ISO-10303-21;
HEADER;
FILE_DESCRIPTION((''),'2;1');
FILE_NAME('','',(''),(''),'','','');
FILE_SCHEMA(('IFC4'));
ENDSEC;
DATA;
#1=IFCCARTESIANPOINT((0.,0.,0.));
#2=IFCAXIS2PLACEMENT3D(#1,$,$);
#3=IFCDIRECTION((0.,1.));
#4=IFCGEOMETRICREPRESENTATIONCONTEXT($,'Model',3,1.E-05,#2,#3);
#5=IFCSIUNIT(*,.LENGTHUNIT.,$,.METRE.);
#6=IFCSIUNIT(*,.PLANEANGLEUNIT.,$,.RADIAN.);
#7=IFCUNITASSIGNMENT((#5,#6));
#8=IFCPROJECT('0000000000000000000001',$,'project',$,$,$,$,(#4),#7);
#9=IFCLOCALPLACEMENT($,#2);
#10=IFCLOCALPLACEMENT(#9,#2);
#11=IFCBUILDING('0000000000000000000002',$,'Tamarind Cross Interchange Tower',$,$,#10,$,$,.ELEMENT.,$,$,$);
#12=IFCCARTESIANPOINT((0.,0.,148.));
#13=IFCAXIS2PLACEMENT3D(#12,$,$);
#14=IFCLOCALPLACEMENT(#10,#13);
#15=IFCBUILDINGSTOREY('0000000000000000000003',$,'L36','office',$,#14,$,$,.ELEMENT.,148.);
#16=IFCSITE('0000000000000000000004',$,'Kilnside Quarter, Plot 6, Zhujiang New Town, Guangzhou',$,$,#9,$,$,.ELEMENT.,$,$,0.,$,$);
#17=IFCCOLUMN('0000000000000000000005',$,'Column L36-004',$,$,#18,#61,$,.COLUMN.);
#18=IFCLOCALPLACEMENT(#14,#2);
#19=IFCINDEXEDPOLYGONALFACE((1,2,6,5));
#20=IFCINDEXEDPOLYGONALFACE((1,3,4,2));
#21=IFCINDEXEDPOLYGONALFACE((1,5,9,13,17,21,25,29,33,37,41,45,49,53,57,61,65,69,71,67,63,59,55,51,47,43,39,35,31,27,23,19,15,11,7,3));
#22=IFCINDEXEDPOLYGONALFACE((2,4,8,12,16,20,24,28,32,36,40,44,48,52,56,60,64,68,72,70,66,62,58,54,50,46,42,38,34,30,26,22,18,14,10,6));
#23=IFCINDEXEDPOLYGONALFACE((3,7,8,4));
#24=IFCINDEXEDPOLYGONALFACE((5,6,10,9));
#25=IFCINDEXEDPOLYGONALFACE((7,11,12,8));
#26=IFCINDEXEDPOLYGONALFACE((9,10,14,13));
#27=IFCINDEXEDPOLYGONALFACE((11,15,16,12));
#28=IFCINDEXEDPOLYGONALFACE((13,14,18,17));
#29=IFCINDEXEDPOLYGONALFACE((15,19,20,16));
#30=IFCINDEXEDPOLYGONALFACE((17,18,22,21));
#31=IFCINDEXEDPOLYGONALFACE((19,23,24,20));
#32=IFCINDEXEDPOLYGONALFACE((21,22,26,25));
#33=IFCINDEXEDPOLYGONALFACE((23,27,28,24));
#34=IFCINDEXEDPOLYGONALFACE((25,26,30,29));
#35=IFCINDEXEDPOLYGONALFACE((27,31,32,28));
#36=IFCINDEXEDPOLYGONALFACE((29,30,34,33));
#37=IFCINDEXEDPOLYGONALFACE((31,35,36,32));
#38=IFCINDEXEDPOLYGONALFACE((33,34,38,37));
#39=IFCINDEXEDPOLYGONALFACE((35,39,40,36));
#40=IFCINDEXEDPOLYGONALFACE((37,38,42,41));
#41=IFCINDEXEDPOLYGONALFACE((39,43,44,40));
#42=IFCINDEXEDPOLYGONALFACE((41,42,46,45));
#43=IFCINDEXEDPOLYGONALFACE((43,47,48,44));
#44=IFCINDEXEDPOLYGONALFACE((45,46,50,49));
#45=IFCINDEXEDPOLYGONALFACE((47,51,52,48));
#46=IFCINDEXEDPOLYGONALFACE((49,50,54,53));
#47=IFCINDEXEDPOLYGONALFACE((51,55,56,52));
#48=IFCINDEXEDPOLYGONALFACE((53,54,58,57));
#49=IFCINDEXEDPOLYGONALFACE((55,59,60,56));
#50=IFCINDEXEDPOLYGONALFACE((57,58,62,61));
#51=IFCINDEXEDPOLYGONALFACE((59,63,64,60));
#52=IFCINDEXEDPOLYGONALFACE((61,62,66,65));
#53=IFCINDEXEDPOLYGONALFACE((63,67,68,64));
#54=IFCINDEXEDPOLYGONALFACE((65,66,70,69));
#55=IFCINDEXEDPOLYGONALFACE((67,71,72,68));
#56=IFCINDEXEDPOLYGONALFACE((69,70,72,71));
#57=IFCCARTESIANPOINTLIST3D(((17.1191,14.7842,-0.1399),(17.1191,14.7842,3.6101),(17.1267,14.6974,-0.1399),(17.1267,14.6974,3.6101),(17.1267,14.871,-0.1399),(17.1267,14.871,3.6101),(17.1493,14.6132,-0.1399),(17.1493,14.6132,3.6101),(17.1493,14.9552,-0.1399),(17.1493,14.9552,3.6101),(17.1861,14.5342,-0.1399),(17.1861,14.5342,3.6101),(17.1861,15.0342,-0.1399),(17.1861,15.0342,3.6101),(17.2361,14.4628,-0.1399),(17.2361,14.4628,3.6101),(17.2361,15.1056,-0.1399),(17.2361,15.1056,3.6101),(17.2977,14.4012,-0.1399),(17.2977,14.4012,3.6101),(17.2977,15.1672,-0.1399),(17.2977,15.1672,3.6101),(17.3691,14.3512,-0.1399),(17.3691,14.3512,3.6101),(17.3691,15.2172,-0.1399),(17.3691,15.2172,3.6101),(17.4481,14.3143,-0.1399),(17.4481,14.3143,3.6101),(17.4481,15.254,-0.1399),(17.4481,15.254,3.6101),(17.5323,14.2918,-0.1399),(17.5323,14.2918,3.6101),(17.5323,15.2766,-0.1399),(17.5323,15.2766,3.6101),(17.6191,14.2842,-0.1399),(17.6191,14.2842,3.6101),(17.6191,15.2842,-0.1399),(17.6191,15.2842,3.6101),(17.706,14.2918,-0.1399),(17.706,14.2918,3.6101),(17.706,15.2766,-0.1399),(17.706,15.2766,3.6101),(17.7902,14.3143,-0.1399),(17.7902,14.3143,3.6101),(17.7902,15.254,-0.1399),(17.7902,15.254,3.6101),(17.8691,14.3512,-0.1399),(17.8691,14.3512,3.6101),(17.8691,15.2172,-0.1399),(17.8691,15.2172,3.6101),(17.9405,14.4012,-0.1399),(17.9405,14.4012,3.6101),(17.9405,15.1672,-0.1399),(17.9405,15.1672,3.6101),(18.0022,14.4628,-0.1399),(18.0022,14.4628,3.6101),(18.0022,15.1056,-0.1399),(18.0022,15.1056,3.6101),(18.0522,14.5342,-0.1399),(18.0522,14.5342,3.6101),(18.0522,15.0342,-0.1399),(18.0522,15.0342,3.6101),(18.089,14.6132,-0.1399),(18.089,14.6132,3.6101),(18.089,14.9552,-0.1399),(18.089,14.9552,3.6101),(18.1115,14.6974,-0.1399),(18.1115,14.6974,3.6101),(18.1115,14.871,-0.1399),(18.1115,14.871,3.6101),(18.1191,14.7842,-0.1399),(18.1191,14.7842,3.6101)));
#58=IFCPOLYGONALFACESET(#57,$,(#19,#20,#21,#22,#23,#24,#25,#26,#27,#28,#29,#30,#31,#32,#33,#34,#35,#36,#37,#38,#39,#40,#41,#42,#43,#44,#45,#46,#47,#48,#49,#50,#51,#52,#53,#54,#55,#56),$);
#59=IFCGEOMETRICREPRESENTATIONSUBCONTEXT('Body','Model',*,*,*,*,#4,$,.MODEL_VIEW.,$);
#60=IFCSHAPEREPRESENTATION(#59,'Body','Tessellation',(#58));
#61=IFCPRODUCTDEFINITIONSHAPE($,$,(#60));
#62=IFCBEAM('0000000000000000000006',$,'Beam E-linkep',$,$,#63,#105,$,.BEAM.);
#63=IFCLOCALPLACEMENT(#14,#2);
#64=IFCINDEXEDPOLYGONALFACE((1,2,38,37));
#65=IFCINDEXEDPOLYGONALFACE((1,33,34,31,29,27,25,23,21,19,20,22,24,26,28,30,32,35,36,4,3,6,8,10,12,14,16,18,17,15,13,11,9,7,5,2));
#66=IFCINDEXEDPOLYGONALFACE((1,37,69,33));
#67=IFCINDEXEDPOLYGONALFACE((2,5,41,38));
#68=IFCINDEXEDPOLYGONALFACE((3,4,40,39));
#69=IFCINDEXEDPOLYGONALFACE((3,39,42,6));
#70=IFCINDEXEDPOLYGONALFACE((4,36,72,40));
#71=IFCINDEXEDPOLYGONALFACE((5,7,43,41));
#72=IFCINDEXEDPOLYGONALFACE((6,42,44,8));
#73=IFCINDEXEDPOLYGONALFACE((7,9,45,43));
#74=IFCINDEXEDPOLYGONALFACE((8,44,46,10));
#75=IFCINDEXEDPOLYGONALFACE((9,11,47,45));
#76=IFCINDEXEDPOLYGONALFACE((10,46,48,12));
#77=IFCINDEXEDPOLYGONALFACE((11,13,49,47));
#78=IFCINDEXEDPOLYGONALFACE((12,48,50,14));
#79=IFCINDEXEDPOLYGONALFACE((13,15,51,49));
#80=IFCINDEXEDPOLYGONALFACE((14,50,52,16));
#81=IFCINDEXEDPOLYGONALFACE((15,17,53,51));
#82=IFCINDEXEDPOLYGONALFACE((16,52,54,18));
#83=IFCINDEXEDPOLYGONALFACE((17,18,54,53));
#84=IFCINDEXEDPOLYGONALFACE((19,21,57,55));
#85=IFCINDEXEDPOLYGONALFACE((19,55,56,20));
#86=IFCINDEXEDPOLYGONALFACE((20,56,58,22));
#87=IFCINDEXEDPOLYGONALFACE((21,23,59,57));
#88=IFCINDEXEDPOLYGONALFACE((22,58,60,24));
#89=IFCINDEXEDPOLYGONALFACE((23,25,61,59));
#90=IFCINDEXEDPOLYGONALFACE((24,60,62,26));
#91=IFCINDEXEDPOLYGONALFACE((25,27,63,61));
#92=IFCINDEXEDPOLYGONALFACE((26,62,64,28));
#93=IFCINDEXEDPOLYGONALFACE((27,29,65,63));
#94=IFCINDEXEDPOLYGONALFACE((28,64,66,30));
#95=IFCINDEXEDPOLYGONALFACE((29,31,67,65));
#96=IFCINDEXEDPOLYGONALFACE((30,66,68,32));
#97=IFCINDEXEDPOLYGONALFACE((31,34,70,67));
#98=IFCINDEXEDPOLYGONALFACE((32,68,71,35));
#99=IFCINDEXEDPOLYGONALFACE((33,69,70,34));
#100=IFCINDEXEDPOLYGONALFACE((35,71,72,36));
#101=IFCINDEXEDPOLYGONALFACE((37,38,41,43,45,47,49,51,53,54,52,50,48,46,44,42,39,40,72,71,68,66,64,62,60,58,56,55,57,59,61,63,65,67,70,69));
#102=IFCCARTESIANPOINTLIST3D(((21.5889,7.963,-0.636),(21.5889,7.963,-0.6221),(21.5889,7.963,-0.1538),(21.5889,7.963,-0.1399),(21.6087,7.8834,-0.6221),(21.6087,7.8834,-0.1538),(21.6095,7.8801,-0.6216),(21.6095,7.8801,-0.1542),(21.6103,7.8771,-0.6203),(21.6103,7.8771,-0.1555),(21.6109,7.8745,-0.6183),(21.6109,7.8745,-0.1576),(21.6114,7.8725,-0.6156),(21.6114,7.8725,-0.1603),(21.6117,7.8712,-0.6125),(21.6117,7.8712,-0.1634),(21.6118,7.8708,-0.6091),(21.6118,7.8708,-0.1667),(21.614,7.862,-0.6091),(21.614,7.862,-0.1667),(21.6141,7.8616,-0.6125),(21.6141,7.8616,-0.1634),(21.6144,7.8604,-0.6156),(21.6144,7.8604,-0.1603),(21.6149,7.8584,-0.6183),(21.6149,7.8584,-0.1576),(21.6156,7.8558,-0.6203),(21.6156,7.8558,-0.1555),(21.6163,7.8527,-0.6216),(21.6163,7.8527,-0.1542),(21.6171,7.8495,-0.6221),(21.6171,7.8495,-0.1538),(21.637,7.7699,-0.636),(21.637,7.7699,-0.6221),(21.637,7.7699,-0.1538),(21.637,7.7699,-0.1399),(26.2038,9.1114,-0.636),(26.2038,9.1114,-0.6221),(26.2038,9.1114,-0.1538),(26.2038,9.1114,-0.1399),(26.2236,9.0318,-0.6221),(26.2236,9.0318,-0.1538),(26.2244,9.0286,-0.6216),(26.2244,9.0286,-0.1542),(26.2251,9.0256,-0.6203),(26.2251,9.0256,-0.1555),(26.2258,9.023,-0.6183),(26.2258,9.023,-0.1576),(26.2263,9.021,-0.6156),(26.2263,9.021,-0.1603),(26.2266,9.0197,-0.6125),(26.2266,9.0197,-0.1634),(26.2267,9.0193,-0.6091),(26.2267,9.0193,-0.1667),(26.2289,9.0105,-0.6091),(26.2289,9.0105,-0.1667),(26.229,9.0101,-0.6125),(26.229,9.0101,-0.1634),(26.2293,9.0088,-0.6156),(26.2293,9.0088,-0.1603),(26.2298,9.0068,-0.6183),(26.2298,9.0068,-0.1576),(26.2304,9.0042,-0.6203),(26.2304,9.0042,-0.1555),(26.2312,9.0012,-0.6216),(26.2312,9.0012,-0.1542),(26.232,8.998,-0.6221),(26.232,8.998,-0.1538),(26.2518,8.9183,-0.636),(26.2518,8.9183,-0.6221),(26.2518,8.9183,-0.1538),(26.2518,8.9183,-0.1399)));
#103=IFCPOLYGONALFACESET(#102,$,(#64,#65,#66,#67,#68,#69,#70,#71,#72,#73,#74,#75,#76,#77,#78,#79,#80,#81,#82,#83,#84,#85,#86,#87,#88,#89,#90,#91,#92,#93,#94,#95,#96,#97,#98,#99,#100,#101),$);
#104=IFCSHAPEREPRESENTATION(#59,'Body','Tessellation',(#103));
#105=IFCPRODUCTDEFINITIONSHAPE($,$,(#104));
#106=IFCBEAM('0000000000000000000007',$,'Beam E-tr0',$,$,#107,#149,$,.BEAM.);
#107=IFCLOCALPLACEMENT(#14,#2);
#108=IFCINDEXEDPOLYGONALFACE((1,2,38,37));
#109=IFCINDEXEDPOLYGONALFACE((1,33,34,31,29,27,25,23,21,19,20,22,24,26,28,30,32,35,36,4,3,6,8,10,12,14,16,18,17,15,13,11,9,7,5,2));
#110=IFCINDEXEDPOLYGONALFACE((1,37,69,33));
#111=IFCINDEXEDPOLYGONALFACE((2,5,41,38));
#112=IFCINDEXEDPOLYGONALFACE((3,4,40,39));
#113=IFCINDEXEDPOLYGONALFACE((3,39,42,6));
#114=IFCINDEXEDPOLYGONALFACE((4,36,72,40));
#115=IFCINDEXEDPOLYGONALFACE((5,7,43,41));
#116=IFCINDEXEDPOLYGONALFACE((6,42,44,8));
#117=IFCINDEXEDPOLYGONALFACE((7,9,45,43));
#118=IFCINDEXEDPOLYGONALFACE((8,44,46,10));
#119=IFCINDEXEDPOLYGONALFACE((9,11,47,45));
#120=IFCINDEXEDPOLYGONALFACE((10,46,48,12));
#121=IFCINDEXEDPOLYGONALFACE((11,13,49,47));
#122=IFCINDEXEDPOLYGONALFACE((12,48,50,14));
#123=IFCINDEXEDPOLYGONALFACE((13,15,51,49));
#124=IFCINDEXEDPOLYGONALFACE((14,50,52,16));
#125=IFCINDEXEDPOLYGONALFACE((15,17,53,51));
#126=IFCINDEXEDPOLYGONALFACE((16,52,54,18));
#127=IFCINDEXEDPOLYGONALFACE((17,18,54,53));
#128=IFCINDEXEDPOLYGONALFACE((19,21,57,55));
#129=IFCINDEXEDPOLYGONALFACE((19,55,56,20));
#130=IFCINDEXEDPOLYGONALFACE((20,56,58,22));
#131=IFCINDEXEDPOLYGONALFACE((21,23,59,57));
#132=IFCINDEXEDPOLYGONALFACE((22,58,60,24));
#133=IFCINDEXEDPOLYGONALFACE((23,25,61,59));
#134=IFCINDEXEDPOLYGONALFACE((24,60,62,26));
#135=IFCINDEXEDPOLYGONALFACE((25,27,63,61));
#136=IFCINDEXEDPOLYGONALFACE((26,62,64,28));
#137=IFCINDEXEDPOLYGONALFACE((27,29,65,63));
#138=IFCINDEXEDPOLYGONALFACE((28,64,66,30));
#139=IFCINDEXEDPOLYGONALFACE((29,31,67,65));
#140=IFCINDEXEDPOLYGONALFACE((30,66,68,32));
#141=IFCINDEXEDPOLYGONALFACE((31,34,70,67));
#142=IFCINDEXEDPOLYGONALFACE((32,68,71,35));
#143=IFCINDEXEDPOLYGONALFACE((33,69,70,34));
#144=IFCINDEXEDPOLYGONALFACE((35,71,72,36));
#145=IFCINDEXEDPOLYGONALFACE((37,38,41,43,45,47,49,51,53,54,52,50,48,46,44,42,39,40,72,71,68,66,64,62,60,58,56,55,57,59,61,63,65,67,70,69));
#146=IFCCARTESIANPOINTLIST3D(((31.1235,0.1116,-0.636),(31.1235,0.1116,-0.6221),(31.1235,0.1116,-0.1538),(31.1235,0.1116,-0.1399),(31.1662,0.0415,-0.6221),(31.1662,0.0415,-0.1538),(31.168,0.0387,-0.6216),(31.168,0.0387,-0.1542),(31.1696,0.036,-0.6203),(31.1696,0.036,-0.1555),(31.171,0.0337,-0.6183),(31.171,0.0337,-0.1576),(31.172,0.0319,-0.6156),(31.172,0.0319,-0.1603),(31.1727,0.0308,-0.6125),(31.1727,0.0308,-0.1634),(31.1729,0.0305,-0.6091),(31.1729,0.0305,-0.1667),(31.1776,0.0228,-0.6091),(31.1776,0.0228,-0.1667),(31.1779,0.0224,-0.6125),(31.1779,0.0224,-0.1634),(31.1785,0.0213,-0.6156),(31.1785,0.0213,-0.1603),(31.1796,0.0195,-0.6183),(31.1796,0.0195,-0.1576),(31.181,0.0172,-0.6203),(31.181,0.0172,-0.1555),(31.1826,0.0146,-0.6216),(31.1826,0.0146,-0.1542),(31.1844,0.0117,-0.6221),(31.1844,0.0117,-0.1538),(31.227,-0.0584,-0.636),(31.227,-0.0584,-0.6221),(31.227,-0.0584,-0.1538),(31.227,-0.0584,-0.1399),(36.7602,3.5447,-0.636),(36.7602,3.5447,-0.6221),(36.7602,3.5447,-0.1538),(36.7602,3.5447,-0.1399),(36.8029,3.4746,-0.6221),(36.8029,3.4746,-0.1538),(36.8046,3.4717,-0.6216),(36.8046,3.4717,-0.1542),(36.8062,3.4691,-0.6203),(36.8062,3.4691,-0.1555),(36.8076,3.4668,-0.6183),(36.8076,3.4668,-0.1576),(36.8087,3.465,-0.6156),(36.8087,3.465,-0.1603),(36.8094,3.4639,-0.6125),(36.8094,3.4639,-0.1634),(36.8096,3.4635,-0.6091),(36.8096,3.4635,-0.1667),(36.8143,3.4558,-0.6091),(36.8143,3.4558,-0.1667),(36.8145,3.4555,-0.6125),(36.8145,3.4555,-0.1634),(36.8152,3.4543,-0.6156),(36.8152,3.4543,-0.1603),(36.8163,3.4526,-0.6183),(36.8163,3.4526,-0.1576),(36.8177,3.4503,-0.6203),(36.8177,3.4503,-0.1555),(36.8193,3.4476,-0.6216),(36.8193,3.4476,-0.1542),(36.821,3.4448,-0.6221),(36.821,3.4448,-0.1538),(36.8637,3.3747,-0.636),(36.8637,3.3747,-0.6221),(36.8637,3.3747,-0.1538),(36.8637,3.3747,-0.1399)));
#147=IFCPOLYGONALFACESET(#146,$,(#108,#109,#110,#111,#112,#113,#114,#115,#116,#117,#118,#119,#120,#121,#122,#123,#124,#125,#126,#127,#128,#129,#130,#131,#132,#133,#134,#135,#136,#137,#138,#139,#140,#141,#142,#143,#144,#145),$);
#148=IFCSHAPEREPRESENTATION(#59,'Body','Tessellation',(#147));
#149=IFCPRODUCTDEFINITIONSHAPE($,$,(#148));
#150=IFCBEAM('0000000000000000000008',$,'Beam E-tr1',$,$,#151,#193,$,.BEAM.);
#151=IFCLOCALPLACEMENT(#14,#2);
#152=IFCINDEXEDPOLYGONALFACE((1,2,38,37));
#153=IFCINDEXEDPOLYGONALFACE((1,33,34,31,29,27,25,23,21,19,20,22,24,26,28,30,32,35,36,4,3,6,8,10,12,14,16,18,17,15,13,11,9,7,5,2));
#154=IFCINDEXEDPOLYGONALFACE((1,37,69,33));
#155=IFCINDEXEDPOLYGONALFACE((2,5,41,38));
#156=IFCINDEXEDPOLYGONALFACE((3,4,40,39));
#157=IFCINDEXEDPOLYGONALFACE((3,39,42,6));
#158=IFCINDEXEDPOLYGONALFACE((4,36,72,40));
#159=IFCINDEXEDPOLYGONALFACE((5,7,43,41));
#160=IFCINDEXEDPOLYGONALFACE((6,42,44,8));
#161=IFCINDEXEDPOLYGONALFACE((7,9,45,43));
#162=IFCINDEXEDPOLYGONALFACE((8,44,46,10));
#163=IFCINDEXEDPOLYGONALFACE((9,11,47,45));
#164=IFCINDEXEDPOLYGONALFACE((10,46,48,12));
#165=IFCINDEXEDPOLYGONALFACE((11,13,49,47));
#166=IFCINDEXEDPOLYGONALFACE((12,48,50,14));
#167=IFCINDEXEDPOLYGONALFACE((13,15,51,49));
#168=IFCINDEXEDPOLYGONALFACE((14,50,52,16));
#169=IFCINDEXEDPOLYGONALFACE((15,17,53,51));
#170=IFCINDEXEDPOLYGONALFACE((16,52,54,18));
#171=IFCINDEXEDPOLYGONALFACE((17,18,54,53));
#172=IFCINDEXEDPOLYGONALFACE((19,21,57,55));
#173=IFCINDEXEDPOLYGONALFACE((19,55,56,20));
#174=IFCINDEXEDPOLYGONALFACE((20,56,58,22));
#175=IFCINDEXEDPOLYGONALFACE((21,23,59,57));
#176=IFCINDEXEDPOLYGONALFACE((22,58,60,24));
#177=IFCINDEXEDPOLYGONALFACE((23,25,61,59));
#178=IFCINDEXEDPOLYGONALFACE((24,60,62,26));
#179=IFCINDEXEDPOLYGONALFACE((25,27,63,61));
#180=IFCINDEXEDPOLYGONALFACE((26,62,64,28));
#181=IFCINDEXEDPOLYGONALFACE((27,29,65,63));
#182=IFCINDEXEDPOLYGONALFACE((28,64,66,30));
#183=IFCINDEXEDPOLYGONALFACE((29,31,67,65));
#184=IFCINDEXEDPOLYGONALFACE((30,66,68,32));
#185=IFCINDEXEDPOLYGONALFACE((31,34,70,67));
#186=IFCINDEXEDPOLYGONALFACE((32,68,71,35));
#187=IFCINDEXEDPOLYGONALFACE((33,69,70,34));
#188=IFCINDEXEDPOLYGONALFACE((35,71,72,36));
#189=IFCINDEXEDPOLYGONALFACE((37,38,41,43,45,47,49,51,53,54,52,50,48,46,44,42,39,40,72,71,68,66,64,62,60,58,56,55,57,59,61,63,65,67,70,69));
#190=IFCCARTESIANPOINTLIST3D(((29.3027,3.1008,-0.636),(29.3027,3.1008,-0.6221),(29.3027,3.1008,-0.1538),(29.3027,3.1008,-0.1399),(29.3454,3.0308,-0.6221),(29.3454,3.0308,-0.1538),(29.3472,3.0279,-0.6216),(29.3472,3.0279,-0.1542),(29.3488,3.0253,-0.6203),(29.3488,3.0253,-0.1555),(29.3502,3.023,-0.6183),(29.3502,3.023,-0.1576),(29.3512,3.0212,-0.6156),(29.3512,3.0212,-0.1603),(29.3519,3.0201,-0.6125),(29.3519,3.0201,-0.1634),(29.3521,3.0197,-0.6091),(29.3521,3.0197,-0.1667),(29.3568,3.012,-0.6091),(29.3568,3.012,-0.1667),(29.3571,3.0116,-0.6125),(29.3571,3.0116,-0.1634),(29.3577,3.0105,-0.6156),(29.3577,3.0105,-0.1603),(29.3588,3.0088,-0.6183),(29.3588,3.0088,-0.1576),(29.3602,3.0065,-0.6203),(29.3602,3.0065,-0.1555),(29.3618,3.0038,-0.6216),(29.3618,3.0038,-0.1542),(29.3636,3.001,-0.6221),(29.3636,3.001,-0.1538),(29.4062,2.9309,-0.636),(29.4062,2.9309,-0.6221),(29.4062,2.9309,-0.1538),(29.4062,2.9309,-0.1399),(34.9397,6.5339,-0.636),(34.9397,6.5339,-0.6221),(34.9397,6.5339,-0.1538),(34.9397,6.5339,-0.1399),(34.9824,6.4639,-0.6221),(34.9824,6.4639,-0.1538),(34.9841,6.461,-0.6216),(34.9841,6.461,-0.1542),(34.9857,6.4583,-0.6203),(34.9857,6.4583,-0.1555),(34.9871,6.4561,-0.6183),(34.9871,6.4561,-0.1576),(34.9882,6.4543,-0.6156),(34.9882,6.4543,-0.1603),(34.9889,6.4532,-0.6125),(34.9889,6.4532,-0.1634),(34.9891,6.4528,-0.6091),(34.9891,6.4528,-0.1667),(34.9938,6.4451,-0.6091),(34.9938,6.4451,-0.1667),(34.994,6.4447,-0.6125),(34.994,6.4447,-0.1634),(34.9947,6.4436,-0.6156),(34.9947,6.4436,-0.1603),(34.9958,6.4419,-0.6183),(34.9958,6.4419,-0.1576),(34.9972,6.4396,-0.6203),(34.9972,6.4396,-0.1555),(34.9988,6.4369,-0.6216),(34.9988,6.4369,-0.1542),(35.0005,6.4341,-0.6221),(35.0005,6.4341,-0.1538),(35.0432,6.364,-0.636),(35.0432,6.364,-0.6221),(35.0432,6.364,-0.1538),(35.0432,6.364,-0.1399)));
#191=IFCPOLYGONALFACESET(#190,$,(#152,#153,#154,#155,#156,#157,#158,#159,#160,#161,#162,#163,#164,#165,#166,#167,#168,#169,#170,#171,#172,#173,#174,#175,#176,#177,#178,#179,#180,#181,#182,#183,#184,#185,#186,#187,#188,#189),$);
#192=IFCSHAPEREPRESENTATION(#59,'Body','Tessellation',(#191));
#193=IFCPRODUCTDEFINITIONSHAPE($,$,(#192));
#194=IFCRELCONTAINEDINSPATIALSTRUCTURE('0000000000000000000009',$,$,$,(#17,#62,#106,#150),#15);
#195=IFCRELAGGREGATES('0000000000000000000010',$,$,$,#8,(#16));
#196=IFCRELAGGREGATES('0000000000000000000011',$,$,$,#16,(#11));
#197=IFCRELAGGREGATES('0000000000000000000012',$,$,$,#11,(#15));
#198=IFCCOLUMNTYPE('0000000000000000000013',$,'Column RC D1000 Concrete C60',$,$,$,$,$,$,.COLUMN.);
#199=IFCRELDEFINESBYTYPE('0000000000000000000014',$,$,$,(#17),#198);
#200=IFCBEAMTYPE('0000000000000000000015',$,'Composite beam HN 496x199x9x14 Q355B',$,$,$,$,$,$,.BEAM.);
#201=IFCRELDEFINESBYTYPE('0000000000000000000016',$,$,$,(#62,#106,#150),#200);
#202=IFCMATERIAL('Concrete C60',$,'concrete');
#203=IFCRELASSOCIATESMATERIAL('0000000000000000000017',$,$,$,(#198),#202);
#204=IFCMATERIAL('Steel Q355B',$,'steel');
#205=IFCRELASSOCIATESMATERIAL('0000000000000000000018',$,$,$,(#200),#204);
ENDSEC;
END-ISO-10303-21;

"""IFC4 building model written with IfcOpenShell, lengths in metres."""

from ifc_helpers import new_model, si_unit, direction, frame, origin, origin_2d, place, context, subcontext, project, spatial, circle, i_section, extrude, material, material_profile, profile_set, type_object, element, save


model = new_model("IFC4")

# Units and contexts
model_context = context("Model", 3, precision=1e-05, world=origin(), true_north=direction((0.0, 1.0)))
body_context = subcontext(model_context, "Body", "Model", "MODEL_VIEW")
ifc_project = project(units=[si_unit("LENGTHUNIT", "METRE"), si_unit("PLANEANGLEUNIT", "RADIAN")], contexts=[model_context])

# Site, building, storey
site_placement = place(None, origin())
site = spatial("IfcSite", under=ifc_project, at=site_placement, Name="Kilnside Quarter, Plot 6, Zhujiang New Town, Guangzhou", CompositionType="ELEMENT", RefElevation=0.0)
building_placement = place(site_placement, origin())
building = spatial("IfcBuilding", under=site, at=building_placement, Name="Tamarind Cross Interchange Tower", CompositionType="ELEMENT")
storey_placement = place(building_placement, frame((0.0, 0.0, 148.0)))
storey = spatial("IfcBuildingStorey", under=building, at=storey_placement, Name="L36", Description="office", CompositionType="ELEMENT", Elevation=148.0)

# Column
ifc_material_1 = material(Name="Concrete C60", Category="concrete")
ifc_material_profile_1 = material_profile(ifc_material_1, circle(Radius=0.5, at=origin_2d()), Name="RC D1000")
ifc_profile_set_1 = profile_set([ifc_material_profile_1], Name="Concrete C60")
column_type_1 = type_object("IfcColumnType", Name="Column RC D1000 Concrete C60", PredefinedType="COLUMN", material=ifc_profile_set_1)
for number, where, z_axis, x_axis, name in (
    (1, (17.6191, 14.7842, -0.1399), (0.0, 0.0, 1.0), (1.0, 0.0, 0.0), "Column L36-004"),
):
    element("IfcColumn", number, at=place(storey_placement, frame(where, z_axis=z_axis, x_axis=x_axis)), inside=storey, type_object=column_type_1, Name=name, PredefinedType="COLUMN", context=body_context, shape_type="SweptSolid", body=[
        extrude(circle(Radius=0.5, at=origin_2d()), origin(), (0.0, 0.0, 1.0), 3.75),
    ])

# Beams
ifc_material_2 = material(Name="Steel Q355B", Category="steel")
ifc_material_profile_2 = material_profile(ifc_material_2, i_section(OverallWidth=0.199, OverallDepth=0.4961, WebThickness=0.009, FlangeThickness=0.0139, FilletRadius=0.0129, at=origin_2d()), Name="HN 496x199x9x14")
ifc_profile_set_2 = profile_set([ifc_material_profile_2], Name="Steel Q355B")
beam_type_1 = type_object("IfcBeamType", Name="Composite beam HN 496x199x9x14 Q355B", PredefinedType="BEAM", material=ifc_profile_set_2)
beam_1_placement = place(storey_placement, frame((26.2278, 9.0149, -0.3879), z_axis=(-0.970402, -0.241497, 0.0), x_axis=(0.241497, -0.970402, 0.0)))
element("IfcBeam", 2, at=beam_1_placement, inside=storey, type_object=beam_type_1, Name="Beam E-linkep", PredefinedType="BEAM", context=body_context, shape_type="SweptSolid", body=[
    extrude(i_section(OverallWidth=0.199, OverallDepth=0.4961, WebThickness=0.009, FlangeThickness=0.0139, FilletRadius=0.0129, at=origin_2d()), origin(), (0.0, 0.0, 1.0), 4.7556),
])
beam_2_placement = place(storey_placement, frame((31.1753, 0.0266, -0.3879), z_axis=(0.85406, 0.520175, 0.0), x_axis=(-0.520175, 0.85406, 0.0)))
element("IfcBeam", 3, at=beam_2_placement, inside=storey, type_object=beam_type_1, Name="Beam E-tr0", PredefinedType="BEAM", context=body_context, shape_type="SweptSolid", body=[
    extrude(i_section(OverallWidth=0.199, OverallDepth=0.4961, WebThickness=0.009, FlangeThickness=0.0139, FilletRadius=0.0129, at=origin_2d()), origin(), (0.0, 0.0, 1.0), 6.5999),
])
for number, where, z_axis, x_axis, name in (
    (4, (29.3545, 3.0159, -0.3879), (0.85407, 0.520158, 0.0), (-0.520158, 0.85407, 0.0), "Beam E-tr1"),
):
    element("IfcBeam", number, at=place(storey_placement, frame(where, z_axis=z_axis, x_axis=x_axis)), inside=storey, type_object=beam_type_1, Name=name, PredefinedType="BEAM", context=body_context, shape_type="SweptSolid", body=[
        extrude(i_section(OverallWidth=0.199, OverallDepth=0.4961, WebThickness=0.009, FlangeThickness=0.0139, FilletRadius=0.0129, at=origin_2d()), origin(), (0.0, 0.0, 1.0), 6.6001),
    ])

save(model, "model.ifc")
